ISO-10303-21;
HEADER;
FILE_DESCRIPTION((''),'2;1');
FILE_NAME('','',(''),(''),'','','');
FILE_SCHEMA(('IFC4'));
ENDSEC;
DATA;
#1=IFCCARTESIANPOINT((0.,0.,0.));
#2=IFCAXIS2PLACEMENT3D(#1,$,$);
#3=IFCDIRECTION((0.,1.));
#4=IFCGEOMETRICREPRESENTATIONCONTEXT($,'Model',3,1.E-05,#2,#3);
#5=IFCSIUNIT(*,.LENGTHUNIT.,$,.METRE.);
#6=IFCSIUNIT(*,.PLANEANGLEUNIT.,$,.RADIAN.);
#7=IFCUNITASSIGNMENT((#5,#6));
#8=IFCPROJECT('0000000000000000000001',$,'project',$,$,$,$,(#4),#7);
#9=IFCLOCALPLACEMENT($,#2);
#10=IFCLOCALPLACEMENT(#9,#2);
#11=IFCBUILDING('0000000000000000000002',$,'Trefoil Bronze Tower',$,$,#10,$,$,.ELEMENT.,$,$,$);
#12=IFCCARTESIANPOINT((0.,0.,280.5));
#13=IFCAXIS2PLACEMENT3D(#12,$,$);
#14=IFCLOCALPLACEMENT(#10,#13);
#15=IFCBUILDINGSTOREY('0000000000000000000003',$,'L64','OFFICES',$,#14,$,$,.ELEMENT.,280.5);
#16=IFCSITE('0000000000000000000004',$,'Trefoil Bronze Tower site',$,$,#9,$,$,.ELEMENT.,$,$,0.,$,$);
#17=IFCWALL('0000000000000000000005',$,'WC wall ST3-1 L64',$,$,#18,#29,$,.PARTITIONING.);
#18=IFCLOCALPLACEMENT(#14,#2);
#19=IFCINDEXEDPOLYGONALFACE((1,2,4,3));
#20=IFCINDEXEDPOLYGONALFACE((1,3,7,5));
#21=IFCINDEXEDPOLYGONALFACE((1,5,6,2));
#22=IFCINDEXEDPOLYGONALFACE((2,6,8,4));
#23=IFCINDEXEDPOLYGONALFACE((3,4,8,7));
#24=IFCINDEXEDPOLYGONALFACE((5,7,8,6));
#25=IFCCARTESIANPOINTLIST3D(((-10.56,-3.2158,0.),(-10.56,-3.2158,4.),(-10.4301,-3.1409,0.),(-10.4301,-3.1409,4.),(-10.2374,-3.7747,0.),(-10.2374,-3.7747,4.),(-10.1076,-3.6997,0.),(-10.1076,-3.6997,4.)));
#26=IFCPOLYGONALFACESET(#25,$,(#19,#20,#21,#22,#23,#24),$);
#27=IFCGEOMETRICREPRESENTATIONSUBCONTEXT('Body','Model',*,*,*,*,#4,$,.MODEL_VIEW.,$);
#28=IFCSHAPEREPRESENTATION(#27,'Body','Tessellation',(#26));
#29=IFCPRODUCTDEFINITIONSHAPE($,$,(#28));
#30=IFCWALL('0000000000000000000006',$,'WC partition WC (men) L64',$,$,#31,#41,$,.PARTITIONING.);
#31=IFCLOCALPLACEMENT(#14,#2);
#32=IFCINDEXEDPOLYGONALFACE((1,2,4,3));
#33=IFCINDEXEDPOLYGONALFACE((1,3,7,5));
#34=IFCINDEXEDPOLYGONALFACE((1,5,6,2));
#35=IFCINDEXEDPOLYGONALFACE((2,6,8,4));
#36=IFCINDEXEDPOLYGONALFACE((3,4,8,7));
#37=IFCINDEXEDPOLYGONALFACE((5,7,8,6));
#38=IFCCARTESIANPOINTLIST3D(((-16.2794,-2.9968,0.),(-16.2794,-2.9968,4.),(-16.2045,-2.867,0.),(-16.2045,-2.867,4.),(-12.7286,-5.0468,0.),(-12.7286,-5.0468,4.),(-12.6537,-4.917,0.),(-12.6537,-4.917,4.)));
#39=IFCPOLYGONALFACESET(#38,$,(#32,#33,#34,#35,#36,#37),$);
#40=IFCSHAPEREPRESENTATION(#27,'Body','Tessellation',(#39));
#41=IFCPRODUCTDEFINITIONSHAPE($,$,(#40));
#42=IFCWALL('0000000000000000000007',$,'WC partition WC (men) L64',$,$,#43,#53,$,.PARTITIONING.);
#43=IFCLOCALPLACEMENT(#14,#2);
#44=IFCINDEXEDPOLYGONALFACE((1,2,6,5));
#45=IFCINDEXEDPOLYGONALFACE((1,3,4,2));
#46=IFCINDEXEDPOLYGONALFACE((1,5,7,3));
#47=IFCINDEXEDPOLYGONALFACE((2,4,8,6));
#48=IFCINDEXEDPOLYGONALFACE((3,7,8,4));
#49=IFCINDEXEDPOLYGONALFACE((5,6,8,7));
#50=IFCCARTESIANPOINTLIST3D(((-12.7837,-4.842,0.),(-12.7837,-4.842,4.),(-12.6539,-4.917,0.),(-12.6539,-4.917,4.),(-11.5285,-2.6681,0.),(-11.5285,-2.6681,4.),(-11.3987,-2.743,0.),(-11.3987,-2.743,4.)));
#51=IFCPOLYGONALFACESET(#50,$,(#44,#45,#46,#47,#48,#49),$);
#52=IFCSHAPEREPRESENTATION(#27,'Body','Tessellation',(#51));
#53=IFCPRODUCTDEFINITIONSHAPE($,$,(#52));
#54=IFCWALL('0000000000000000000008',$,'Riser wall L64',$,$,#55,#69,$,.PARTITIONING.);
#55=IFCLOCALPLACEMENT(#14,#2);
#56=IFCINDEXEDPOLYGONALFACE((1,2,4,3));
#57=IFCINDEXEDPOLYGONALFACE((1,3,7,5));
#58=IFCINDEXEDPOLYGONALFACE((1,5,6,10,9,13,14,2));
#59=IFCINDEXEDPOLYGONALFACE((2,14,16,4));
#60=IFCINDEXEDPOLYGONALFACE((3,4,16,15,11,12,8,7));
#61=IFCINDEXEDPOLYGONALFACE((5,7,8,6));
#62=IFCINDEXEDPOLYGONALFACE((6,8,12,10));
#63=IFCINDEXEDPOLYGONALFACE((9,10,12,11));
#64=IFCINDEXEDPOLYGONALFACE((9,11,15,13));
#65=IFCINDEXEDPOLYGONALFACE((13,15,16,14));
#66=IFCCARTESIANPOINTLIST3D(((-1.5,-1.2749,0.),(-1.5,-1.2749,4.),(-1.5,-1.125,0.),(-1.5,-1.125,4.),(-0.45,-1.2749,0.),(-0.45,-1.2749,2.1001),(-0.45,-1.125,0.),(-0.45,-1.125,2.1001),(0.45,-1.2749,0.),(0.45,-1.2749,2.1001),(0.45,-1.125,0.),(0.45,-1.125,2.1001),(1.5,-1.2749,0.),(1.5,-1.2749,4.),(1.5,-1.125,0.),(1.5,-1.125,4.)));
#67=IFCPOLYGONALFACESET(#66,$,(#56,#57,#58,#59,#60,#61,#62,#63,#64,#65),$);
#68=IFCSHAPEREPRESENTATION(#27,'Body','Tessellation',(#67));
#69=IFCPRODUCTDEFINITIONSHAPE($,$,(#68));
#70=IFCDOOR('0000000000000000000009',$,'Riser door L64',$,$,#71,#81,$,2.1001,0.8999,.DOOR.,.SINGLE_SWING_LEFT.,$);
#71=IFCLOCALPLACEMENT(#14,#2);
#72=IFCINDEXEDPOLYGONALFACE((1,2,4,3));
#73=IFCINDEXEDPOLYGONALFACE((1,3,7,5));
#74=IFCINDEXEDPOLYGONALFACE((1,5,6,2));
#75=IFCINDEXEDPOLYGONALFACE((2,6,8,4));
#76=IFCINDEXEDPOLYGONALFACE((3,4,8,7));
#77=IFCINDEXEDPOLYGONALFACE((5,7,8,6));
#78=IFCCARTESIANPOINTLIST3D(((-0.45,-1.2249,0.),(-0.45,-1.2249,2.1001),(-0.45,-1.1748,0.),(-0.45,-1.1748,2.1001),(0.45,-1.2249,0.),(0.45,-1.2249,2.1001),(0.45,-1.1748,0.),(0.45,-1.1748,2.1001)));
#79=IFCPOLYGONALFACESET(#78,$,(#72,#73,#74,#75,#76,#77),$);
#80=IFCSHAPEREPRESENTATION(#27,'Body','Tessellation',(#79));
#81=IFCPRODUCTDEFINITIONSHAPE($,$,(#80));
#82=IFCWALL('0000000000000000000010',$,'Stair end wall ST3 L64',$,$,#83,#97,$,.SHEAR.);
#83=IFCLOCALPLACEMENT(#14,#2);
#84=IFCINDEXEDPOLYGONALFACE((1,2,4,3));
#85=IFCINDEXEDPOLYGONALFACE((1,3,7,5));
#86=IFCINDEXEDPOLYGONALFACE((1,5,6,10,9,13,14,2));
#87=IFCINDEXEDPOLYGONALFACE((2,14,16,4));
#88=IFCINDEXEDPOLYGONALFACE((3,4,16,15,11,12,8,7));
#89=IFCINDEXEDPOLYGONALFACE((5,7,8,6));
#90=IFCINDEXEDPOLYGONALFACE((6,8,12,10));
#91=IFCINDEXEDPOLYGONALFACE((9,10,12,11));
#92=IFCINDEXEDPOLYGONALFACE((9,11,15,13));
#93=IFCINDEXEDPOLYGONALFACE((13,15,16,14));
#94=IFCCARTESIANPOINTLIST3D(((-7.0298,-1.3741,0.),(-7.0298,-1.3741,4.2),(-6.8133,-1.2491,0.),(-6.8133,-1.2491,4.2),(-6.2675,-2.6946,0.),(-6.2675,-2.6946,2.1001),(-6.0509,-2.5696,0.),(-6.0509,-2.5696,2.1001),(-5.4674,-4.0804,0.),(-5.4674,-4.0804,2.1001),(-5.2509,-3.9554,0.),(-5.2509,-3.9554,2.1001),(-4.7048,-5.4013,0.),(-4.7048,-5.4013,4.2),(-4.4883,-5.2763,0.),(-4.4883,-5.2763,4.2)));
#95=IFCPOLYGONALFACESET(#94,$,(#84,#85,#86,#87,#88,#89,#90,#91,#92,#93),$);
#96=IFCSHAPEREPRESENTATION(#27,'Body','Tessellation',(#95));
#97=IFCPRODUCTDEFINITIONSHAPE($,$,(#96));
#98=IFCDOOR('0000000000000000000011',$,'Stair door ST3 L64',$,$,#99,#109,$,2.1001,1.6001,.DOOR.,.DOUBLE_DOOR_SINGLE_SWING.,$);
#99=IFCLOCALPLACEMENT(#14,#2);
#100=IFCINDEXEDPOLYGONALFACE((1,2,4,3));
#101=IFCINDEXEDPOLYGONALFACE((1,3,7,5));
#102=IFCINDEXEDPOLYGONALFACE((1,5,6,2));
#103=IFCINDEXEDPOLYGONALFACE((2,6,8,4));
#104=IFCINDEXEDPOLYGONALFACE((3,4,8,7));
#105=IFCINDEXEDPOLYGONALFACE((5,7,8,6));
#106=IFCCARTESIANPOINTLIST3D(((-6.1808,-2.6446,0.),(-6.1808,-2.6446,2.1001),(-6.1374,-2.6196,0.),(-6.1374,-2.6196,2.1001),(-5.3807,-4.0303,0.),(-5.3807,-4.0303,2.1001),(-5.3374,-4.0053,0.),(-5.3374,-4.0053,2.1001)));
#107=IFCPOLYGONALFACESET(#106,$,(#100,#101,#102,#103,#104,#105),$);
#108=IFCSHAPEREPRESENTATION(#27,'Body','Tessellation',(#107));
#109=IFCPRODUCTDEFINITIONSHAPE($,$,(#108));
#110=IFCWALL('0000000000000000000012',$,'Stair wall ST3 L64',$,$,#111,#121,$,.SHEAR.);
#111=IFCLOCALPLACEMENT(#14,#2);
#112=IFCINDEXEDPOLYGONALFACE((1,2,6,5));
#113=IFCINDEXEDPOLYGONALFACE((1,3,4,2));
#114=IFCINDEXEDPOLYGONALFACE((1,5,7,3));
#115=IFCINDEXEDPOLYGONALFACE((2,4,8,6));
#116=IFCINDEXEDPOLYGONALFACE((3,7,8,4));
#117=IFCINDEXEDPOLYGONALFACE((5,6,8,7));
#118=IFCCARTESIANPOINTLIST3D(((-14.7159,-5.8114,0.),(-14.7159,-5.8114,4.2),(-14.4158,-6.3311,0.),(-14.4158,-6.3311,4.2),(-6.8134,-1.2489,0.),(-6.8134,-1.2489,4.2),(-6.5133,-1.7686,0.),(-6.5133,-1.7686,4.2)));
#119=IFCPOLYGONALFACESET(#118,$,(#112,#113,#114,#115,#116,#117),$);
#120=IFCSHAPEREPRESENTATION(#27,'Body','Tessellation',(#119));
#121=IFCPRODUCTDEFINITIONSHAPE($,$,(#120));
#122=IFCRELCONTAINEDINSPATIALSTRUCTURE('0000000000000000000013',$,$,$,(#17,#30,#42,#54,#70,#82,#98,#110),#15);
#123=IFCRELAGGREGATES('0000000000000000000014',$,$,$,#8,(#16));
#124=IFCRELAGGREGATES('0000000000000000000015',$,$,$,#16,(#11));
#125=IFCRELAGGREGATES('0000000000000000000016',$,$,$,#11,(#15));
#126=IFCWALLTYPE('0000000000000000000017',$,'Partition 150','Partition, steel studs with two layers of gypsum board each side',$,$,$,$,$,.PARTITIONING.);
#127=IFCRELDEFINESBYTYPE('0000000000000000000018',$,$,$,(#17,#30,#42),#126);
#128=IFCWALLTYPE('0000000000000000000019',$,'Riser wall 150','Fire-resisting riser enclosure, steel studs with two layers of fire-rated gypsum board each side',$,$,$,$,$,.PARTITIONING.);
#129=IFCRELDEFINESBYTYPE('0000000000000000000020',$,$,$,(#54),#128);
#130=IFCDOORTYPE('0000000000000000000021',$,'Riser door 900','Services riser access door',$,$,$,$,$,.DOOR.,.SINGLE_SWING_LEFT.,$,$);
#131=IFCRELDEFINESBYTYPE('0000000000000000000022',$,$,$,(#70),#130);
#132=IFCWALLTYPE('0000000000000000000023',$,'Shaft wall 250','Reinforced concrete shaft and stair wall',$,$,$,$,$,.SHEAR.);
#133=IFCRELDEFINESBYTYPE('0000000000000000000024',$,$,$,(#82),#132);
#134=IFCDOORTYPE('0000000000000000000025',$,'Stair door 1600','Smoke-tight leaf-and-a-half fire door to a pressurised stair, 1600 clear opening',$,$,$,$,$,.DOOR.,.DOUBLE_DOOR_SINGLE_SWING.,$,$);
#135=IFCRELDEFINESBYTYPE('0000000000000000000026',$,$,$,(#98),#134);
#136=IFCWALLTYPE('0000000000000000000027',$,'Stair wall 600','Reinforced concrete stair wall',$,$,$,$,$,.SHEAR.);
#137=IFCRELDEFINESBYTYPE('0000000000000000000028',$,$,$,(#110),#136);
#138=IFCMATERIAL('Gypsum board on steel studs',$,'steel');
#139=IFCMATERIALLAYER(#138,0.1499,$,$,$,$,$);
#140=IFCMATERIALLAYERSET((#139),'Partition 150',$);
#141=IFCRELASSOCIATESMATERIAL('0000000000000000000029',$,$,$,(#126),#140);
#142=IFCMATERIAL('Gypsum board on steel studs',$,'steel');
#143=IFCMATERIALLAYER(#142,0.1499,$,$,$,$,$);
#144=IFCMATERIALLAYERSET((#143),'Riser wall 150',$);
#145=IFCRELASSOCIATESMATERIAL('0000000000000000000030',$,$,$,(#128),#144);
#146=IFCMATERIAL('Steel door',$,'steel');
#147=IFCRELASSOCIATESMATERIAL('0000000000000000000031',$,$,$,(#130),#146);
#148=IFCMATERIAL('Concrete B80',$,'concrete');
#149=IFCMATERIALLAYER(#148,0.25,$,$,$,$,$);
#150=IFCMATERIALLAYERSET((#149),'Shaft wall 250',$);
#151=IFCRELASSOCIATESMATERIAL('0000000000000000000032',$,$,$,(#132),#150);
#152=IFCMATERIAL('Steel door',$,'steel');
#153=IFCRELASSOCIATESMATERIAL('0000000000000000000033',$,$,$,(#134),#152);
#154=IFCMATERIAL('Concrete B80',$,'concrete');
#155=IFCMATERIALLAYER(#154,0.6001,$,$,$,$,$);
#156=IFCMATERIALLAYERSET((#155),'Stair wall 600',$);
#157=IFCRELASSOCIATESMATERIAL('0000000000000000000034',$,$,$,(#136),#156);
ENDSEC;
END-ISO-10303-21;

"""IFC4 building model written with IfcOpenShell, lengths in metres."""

from ifc_helpers import new_model, si_unit, direction, frame, frame_2d, origin, place, context, subcontext, project, spatial, rectangle, extrude, material, layer, layer_set, type_object, element, fill, save


model = new_model("IFC4")

# Units and contexts
model_context = context("Model", 3, precision=1e-05, world=origin(), true_north=direction((0.0, 1.0)))
body_context = subcontext(model_context, "Body", "Model", "MODEL_VIEW")
ifc_project = project(units=[si_unit("LENGTHUNIT", "METRE"), si_unit("PLANEANGLEUNIT", "RADIAN")], contexts=[model_context])

# Site, building, storey
site_placement = place(None, origin())
site = spatial("IfcSite", under=ifc_project, at=site_placement, Name="Trefoil Bronze Tower site", CompositionType="ELEMENT", RefElevation=0.0)
building_placement = place(site_placement, origin())
building = spatial("IfcBuilding", under=site, at=building_placement, Name="Trefoil Bronze Tower", CompositionType="ELEMENT")
storey_placement = place(building_placement, frame((0.0, 0.0, 280.5)))
storey = spatial("IfcBuildingStorey", under=building, at=storey_placement, Name="L64", Description="OFFICES", CompositionType="ELEMENT", Elevation=280.5)

# Shared definitions
ifc_material_1 = material(Name="Gypsum board on steel studs", Category="steel")
ifc_layer_1 = layer(ifc_material_1, 0.1499)
ifc_layer_set_1 = layer_set([ifc_layer_1], Name="Partition 150")
wall_type_1 = type_object("IfcWallType", Name="Partition 150", Description="Partition, steel studs with two layers of gypsum board each side", PredefinedType="PARTITIONING", material=ifc_layer_set_1)

# Walls
wall_1_placement = place(storey_placement, frame((-10.4951, -3.1782, 0.0), z_axis=(0.0, 0.0, 1.0), x_axis=(0.499843, -0.866116, 0.0)))
element("IfcWall", 1, at=wall_1_placement, inside=storey, type_object=wall_type_1, Name="WC wall ST3-1 L64", PredefinedType="PARTITIONING", context=body_context, shape_type="SweptSolid", body=[
    extrude(rectangle(XDim=0.6453, YDim=0.1499, at=frame_2d((0.3228, 0.0))), origin(), (0.0, 0.0, 1.0), 4.0),
])
wall_2_placement = place(storey_placement, frame((-12.6912, -4.9819, 0.0), z_axis=(0.0, 0.0, 1.0), x_axis=(-0.866025, 0.500001, 0.0)))
element("IfcWall", 2, at=wall_2_placement, inside=storey, type_object=wall_type_1, Name="WC partition WC (men) L64", PredefinedType="PARTITIONING", context=body_context, shape_type="SweptSolid", body=[
    extrude(rectangle(XDim=4.1001, YDim=0.1499, at=frame_2d((2.05, 0.0))), origin(), (0.0, 0.0, 1.0), 4.0),
])
wall_3_placement = place(storey_placement, frame((-11.4636, -2.7056, 0.0), z_axis=(0.0, 0.0, 1.0), x_axis=(-0.50002, -0.866014, 0.0)))
element("IfcWall", 3, at=wall_3_placement, inside=storey, type_object=wall_type_1, Name="WC partition WC (men) L64", PredefinedType="PARTITIONING", context=body_context, shape_type="SweptSolid", body=[
    extrude(rectangle(XDim=2.5103, YDim=0.1499, at=frame_2d((1.2551, 0.0))), origin(), (0.0, 0.0, 1.0), 4.0),
])

# Walls, openings, doors
ifc_material_2 = material(Name="Gypsum board on steel studs", Category="steel")
ifc_layer_2 = layer(ifc_material_2, 0.1499)
ifc_layer_set_2 = layer_set([ifc_layer_2], Name="Riser wall 150")
wall_type_2 = type_object("IfcWallType", Name="Riser wall 150", Description="Fire-resisting riser enclosure, steel studs with two layers of fire-rated gypsum board each side", PredefinedType="PARTITIONING", material=ifc_layer_set_2)
wall_4_placement = place(storey_placement, frame((-1.5, -1.2, 0.0), z_axis=(0.0, 0.0, 1.0), x_axis=(1.0, 0.0, 0.0)))
wall_4 = element("IfcWall", 4, at=wall_4_placement, inside=storey, type_object=wall_type_2, Name="Riser wall L64", PredefinedType="PARTITIONING", context=body_context, shape_type="SweptSolid", body=[
    extrude(rectangle(XDim=3.0, YDim=0.1499, at=frame_2d((1.5, 0.0))), origin(), (0.0, 0.0, 1.0), 4.0),
])
opening_1_placement = place(wall_4_placement, frame((1.05, 0.0, 0.0)))
opening_1 = element("IfcOpeningElement", 5, at=opening_1_placement, cuts=wall_4, PredefinedType="OPENING", context=body_context, shape_type="SweptSolid", body=[
    extrude(rectangle(XDim=0.8999, YDim=2.1001, at=frame_2d((0.45, 1.05))), frame((0.0, 0.085, 0.0), z_axis=(0.0, -1.0, 0.0), x_axis=(1.0, 0.0, 0.0)), (0.0, 0.0, 1.0), 0.1699),
])
ifc_material_3 = material(Name="Steel door", Category="steel")
door_type_1 = type_object("IfcDoorType", Name="Riser door 900", Description="Services riser access door", OperationType="SINGLE_SWING_LEFT", PredefinedType="DOOR", material=ifc_material_3)
door_1_placement = place(opening_1_placement, frame((0.8999, 0.0, 0.0), z_axis=(0.0, 0.0, 1.0), x_axis=(-1.0, 0.0, 0.0)))
door_1 = element("IfcDoor", 6, at=door_1_placement, inside=storey, type_object=door_type_1, Name="Riser door L64", OperationType="SINGLE_SWING_LEFT", OverallHeight=2.1001, OverallWidth=0.8999, PredefinedType="DOOR", context=body_context, shape_type="SweptSolid", body=[
    extrude(rectangle(XDim=0.8999, YDim=2.1001, at=frame_2d((0.45, 1.05))), frame((0.0, 0.0249, 0.0), z_axis=(0.0, -1.0, 0.0), x_axis=(1.0, 0.0, 0.0)), (0.0, 0.0, 1.0), 0.05),
])
fill(opening_1, door_1)
ifc_material_4 = material(Name="Concrete B80", Category="concrete")
ifc_layer_3 = layer(ifc_material_4, 0.25)
ifc_layer_set_3 = layer_set([ifc_layer_3], Name="Shaft wall 250")
wall_type_3 = type_object("IfcWallType", Name="Shaft wall 250", Description="Reinforced concrete shaft and stair wall", PredefinedType="SHEAR", material=ifc_layer_set_3)
wall_5_placement = place(storey_placement, frame((-6.9216, -1.3115, 0.0), z_axis=(0.0, 0.0, 1.0), x_axis=(0.499985, -0.866034, 0.0)))
wall_5 = element("IfcWall", 7, at=wall_5_placement, inside=storey, type_object=wall_type_3, Name="Stair end wall ST3 L64", PredefinedType="SHEAR", context=body_context, shape_type="SweptSolid", body=[
    extrude(rectangle(XDim=4.6501, YDim=0.25, at=frame_2d((2.3252, 0.0))), origin(), (0.0, 0.0, 1.0), 4.2),
])
opening_2_placement = place(wall_5_placement, frame((1.5249, 0.0, 0.0)))
opening_2 = element("IfcOpeningElement", 8, at=opening_2_placement, cuts=wall_5, PredefinedType="OPENING", context=body_context, shape_type="SweptSolid", body=[
    extrude(rectangle(XDim=1.6001, YDim=2.1001, at=frame_2d((0.8, 1.05))), frame((0.0, 0.135, 0.0), z_axis=(0.0, -1.0, 0.0), x_axis=(1.0, 0.0, 0.0)), (0.0, 0.0, 1.0), 0.27),
])
ifc_material_5 = material(Name="Steel door", Category="steel")
door_type_2 = type_object("IfcDoorType", Name="Stair door 1600", Description="Smoke-tight leaf-and-a-half fire door to a pressurised stair, 1600 clear opening", OperationType="DOUBLE_DOOR_SINGLE_SWING", PredefinedType="DOOR", material=ifc_material_5)
door_2_placement = place(opening_2_placement, frame((1.6001, 0.0, 0.0), z_axis=(0.0, 0.0, 1.0), x_axis=(-1.0, 0.0, 0.0)))
door_2 = element("IfcDoor", 9, at=door_2_placement, inside=storey, type_object=door_type_2, Name="Stair door ST3 L64", OperationType="DOUBLE_DOOR_SINGLE_SWING", OverallHeight=2.1001, OverallWidth=1.6001, PredefinedType="DOOR", context=body_context, shape_type="SweptSolid", body=[
    extrude(rectangle(XDim=1.6001, YDim=2.1001, at=frame_2d((0.8, 1.05))), frame((0.0, 0.0249, 0.0), z_axis=(0.0, -1.0, 0.0), x_axis=(1.0, 0.0, 0.0)), (0.0, 0.0, 1.0), 0.05),
])
fill(opening_2, door_2)

# Wall
ifc_material_6 = material(Name="Concrete B80", Category="concrete")
ifc_layer_4 = layer(ifc_material_6, 0.6001)
ifc_layer_set_4 = layer_set([ifc_layer_4], Name="Stair wall 600")
wall_type_4 = type_object("IfcWallType", Name="Stair wall 600", Description="Reinforced concrete stair wall", PredefinedType="SHEAR", material=ifc_layer_set_4)
wall_6_placement = place(storey_placement, frame((-6.6633, -1.5088, 0.0), z_axis=(0.0, 0.0, 1.0), x_axis=(-0.866028, -0.499995, 0.0)))
element("IfcWall", 10, at=wall_6_placement, inside=storey, type_object=wall_type_4, Name="Stair wall ST3 L64", PredefinedType="SHEAR", context=body_context, shape_type="SweptSolid", body=[
    extrude(rectangle(XDim=9.125, YDim=0.6001, at=frame_2d((4.5625, 0.0))), origin(), (0.0, 0.0, 1.0), 4.2),
])

save(model, "model.ifc")
